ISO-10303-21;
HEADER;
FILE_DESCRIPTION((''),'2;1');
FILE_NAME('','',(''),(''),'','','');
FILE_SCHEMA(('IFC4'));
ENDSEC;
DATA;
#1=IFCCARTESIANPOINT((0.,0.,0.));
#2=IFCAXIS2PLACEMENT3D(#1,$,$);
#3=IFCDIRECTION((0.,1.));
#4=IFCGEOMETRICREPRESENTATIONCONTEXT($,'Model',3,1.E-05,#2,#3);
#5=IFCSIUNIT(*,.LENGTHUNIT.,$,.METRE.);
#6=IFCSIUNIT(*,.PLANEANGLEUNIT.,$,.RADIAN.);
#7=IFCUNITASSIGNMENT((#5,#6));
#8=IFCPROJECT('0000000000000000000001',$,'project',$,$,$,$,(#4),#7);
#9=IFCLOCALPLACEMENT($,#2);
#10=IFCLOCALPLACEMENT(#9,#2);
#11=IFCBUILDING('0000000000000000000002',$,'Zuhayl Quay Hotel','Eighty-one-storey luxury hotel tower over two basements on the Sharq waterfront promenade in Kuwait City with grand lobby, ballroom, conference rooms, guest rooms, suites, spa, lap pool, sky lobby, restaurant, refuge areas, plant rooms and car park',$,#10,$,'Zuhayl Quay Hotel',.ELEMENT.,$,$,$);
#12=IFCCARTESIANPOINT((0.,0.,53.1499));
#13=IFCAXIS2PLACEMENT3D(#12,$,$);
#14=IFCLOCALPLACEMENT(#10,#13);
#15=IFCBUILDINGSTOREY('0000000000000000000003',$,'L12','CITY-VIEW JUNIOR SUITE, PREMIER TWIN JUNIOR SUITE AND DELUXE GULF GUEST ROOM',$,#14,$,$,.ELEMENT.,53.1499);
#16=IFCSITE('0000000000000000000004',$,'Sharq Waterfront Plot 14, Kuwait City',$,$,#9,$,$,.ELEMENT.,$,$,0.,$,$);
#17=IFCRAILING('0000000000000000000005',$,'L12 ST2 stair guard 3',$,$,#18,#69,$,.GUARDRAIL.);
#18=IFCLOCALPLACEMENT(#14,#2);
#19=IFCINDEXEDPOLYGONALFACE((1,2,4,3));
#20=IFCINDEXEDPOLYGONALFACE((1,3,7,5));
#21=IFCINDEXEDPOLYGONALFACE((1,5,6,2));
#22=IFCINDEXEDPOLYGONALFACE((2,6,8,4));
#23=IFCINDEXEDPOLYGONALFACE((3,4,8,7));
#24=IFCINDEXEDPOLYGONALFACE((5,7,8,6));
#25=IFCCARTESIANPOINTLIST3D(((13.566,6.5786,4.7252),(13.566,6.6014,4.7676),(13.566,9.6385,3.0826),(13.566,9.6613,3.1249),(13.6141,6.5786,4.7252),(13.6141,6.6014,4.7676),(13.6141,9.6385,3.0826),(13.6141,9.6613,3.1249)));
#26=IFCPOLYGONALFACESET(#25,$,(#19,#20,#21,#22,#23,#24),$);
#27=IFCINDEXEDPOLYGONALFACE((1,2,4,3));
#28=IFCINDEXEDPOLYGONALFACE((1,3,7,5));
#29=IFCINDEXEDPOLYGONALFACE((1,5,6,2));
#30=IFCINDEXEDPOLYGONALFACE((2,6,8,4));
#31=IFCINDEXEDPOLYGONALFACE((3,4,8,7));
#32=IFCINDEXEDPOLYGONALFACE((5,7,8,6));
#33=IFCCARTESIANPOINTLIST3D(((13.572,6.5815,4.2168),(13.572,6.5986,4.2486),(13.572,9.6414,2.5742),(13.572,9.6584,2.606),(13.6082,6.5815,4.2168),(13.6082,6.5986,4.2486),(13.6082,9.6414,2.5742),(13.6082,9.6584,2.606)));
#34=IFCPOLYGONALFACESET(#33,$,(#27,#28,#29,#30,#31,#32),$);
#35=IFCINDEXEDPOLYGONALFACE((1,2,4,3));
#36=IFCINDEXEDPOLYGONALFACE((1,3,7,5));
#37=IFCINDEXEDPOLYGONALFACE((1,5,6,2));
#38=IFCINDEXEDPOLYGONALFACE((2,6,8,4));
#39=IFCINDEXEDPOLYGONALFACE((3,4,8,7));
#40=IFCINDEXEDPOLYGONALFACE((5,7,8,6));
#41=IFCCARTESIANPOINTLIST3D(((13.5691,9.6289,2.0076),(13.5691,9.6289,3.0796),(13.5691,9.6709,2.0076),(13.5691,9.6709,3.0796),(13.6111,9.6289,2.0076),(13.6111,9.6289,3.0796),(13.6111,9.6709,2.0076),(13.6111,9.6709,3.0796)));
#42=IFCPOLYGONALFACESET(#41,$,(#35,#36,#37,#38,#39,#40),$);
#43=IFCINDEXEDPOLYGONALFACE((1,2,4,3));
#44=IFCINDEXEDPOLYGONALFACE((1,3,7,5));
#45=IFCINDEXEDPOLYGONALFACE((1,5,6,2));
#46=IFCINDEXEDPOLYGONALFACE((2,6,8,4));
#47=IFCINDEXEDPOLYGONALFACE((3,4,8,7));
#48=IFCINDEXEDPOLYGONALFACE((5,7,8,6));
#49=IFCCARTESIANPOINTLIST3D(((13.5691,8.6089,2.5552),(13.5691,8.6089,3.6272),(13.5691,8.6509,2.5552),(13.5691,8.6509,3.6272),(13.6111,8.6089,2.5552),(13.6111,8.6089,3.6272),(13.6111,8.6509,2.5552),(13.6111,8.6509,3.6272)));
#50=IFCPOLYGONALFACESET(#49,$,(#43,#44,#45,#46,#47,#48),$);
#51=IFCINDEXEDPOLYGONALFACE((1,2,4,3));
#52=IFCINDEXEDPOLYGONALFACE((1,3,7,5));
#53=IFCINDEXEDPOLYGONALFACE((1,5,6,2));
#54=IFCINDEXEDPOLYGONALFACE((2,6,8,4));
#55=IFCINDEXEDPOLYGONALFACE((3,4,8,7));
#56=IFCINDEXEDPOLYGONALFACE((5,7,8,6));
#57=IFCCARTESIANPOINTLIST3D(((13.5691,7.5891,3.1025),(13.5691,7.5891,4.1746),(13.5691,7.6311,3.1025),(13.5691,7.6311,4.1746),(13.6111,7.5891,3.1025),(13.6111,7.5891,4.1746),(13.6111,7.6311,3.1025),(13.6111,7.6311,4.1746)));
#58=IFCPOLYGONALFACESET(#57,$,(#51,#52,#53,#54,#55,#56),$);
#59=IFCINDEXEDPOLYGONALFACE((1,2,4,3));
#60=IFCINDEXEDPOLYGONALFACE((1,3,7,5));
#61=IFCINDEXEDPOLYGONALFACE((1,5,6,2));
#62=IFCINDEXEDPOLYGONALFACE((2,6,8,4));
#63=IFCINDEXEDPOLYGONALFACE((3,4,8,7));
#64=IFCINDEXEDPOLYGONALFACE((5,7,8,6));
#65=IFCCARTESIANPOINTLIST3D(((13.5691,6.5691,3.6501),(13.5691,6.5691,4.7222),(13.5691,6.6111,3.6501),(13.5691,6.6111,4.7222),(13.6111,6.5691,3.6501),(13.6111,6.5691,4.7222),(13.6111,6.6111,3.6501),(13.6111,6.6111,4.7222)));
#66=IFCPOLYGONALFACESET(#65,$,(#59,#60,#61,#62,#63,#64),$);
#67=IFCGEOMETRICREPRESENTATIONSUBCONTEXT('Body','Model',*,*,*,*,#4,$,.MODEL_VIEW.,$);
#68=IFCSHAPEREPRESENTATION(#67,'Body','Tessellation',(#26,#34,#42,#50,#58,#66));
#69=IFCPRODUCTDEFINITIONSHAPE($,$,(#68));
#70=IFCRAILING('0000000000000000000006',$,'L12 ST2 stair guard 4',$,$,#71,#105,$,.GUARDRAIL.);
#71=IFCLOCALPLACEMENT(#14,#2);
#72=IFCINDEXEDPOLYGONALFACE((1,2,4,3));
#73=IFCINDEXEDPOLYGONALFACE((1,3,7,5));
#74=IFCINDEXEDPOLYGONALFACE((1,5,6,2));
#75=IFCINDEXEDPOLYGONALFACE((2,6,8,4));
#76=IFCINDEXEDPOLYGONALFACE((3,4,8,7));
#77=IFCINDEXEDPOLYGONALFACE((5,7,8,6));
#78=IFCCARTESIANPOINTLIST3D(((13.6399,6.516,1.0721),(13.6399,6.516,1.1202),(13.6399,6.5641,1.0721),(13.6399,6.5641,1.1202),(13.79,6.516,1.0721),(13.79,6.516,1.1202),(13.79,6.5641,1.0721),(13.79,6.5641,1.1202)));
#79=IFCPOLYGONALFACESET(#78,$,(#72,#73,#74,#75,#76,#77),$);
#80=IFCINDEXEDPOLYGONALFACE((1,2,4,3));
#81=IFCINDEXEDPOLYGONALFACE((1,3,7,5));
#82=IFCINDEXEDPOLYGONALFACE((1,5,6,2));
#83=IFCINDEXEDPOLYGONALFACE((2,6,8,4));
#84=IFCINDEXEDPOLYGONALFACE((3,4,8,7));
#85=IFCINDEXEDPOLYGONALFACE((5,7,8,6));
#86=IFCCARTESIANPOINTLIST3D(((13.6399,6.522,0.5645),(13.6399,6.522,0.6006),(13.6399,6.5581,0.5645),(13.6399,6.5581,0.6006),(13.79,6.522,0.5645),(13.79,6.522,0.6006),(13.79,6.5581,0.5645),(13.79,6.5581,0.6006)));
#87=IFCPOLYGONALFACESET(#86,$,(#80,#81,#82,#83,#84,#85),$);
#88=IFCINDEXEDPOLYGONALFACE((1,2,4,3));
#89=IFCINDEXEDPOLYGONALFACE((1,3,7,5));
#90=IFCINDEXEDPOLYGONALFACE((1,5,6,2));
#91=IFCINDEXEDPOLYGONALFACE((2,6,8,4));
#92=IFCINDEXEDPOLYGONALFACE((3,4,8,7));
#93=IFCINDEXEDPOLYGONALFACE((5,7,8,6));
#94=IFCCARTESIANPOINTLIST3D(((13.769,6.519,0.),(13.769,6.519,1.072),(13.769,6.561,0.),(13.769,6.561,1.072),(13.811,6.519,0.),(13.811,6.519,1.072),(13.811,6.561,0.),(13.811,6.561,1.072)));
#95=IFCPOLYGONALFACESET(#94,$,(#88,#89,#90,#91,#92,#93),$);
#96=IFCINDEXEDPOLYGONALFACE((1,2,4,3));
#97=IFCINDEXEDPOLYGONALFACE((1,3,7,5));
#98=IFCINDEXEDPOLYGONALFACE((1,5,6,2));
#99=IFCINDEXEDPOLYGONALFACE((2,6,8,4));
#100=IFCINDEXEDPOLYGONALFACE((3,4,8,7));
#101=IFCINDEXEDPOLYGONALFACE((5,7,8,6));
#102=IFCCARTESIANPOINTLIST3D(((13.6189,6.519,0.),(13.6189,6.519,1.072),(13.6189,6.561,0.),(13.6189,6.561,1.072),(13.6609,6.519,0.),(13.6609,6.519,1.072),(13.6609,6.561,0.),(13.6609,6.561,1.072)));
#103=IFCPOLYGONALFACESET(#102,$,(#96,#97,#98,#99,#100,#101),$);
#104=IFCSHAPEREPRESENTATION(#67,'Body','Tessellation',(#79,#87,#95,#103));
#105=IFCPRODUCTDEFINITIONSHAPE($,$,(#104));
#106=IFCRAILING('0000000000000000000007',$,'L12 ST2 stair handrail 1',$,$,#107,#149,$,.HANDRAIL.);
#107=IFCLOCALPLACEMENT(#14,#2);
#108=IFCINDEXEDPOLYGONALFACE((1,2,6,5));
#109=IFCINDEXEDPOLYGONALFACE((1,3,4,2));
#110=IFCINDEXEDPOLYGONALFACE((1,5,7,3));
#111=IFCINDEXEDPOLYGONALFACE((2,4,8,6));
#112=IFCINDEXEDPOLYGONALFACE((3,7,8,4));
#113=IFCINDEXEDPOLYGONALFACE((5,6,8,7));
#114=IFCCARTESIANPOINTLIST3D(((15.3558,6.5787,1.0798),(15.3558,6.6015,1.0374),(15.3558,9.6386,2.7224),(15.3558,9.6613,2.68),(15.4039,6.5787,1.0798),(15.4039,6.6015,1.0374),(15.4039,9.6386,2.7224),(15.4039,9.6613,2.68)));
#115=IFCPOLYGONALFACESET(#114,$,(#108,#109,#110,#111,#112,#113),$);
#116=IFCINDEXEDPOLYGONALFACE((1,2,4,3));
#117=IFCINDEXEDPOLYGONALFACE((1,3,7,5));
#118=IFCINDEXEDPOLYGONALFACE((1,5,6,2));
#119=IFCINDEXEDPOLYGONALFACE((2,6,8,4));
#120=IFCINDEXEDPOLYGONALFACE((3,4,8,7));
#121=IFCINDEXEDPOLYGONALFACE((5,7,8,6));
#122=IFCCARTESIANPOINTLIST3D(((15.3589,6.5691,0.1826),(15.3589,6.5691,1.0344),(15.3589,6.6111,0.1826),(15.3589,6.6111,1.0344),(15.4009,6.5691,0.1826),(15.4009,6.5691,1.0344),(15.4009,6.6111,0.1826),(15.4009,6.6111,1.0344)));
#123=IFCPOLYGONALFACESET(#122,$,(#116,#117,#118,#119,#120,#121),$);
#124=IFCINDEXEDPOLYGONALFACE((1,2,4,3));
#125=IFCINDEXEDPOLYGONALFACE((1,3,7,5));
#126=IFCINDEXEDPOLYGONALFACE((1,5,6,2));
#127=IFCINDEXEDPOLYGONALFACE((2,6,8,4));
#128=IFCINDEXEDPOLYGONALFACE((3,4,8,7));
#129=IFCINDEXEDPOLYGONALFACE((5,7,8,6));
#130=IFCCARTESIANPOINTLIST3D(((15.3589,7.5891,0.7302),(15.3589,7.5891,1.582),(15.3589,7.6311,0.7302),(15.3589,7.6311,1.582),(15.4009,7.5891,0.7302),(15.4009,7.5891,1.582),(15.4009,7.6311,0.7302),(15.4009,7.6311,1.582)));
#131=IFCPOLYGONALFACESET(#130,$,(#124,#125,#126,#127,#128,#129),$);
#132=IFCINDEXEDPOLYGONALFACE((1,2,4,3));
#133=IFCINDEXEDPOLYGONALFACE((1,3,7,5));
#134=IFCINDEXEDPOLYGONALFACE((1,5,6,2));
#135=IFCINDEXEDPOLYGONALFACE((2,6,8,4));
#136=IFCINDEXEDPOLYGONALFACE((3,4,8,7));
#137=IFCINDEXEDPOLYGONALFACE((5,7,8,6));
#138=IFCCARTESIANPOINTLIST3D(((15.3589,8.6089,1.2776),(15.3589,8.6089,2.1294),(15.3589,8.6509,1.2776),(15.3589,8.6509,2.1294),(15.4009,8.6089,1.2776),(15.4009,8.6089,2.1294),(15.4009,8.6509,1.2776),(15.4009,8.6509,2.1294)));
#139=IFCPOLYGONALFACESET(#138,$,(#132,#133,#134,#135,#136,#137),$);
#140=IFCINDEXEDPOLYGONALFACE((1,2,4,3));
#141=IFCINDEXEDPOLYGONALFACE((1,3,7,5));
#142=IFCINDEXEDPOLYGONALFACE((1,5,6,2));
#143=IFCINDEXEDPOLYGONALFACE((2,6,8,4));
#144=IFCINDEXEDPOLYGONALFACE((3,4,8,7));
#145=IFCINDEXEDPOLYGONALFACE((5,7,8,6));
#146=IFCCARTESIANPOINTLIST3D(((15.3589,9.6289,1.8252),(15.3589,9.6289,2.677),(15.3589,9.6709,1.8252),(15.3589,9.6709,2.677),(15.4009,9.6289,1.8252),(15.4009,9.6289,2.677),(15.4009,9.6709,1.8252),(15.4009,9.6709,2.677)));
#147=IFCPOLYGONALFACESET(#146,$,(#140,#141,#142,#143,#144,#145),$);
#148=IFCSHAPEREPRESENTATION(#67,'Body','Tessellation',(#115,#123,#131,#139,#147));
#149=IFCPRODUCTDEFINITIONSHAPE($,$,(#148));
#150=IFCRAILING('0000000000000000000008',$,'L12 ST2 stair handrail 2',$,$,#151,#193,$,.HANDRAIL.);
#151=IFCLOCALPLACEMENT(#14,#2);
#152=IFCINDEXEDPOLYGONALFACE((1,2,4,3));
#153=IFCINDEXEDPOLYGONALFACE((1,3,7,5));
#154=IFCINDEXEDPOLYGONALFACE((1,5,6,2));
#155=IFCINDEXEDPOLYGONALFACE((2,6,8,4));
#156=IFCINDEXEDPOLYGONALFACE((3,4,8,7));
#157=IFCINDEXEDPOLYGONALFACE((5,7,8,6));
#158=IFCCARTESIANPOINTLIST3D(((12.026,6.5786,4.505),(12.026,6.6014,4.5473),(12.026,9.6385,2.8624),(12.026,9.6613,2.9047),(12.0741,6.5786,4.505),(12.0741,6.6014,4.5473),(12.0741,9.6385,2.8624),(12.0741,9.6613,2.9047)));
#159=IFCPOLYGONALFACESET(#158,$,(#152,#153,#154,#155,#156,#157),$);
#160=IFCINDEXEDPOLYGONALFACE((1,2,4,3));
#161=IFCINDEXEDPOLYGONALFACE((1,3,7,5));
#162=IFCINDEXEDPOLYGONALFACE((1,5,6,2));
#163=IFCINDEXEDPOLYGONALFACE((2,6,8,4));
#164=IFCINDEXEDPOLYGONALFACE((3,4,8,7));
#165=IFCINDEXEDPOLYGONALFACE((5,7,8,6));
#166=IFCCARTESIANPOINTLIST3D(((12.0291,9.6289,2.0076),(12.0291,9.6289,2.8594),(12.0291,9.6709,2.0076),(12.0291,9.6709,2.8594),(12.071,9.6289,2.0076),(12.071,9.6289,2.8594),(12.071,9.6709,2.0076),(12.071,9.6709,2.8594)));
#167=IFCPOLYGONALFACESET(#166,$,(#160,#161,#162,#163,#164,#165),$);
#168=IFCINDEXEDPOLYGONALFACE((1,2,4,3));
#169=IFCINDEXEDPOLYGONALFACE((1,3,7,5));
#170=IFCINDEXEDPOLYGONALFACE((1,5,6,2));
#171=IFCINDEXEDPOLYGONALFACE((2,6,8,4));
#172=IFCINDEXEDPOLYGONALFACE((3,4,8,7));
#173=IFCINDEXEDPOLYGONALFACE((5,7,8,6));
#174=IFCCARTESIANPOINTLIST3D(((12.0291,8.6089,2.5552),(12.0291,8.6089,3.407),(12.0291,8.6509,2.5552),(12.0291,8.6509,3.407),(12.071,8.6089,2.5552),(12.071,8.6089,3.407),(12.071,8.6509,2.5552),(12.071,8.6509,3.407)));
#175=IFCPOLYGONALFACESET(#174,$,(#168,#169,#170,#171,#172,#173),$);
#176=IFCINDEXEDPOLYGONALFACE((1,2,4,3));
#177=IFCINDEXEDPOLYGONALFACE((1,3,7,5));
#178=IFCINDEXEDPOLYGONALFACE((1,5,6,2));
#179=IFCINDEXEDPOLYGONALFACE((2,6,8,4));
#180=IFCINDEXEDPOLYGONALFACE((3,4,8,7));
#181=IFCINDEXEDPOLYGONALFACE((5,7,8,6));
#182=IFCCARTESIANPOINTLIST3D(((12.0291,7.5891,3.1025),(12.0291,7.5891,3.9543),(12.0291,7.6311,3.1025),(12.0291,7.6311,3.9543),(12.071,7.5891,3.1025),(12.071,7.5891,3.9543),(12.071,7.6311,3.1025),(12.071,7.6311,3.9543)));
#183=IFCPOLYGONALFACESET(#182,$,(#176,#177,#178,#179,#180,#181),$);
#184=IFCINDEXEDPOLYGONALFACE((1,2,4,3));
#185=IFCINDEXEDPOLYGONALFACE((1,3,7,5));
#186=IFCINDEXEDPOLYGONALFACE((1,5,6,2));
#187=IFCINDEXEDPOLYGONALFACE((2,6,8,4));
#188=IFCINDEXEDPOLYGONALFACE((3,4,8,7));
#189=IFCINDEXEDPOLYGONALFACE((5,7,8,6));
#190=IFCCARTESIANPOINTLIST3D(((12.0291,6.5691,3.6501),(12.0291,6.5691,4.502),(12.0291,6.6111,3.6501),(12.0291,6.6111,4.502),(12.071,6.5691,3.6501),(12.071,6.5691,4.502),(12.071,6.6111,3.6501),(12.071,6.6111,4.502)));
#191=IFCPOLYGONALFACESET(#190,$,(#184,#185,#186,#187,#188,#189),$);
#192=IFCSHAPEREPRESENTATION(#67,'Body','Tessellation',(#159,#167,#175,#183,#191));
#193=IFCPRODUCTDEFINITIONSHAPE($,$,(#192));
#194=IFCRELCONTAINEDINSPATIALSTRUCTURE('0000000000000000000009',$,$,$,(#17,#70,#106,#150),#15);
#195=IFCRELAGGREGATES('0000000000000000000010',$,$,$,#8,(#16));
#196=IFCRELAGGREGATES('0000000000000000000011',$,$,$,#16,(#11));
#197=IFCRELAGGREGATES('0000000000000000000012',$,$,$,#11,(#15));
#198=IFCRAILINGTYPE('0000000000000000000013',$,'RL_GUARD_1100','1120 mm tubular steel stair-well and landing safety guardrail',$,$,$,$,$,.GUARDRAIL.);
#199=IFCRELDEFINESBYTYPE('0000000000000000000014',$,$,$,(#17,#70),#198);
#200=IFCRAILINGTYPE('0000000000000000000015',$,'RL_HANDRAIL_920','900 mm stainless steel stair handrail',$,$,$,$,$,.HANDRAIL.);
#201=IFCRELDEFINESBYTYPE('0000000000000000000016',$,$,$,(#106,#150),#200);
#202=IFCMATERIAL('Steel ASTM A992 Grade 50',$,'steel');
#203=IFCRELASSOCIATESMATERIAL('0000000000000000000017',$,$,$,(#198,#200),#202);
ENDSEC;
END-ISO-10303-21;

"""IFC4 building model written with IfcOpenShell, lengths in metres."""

from ifc_helpers import new_model, si_unit, direction, frame, origin, origin_2d, place, context, subcontext, project, spatial, rectangle, extrude, material, type_object, element, save


model = new_model("IFC4")

# Units and contexts
model_context = context("Model", 3, precision=1e-05, world=origin(), true_north=direction((0.0, 1.0)))
body_context = subcontext(model_context, "Body", "Model", "MODEL_VIEW")
ifc_project = project(units=[si_unit("LENGTHUNIT", "METRE"), si_unit("PLANEANGLEUNIT", "RADIAN")], contexts=[model_context])

# Site, building, storey
site_placement = place(None, origin())
site = spatial("IfcSite", under=ifc_project, at=site_placement, Name="Sharq Waterfront Plot 14, Kuwait City", CompositionType="ELEMENT", RefElevation=0.0)
building_placement = place(site_placement, origin())
building = spatial("IfcBuilding", under=site, at=building_placement, Name="Zuhayl Quay Hotel", Description="Eighty-one-storey luxury hotel tower over two basements on the Sharq waterfront promenade in Kuwait City with grand lobby, ballroom, conference rooms, guest rooms, suites, spa, lap pool, sky lobby, restaurant, refuge areas, plant rooms and car park", LongName="Zuhayl Quay Hotel", CompositionType="ELEMENT")
storey_placement = place(building_placement, frame((0.0, 0.0, 53.1499)))
storey = spatial("IfcBuildingStorey", under=building, at=storey_placement, Name="L12", Description="CITY-VIEW JUNIOR SUITE, PREMIER TWIN JUNIOR SUITE AND DELUXE GULF GUEST ROOM", CompositionType="ELEMENT", Elevation=53.1499)

# Shared definitions
ifc_material_1 = material(Name="Steel ASTM A992 Grade 50", Category="steel")

# Railings
railing_type_1 = type_object("IfcRailingType", Name="RL_GUARD_1100", Description="1120 mm tubular steel stair-well and landing safety guardrail", PredefinedType="GUARDRAIL", material=ifc_material_1)
railing_1_placement = place(storey_placement, frame((13.5901, 9.6499, 2.0076)))
element("IfcRailing", 1, at=railing_1_placement, inside=storey, type_object=railing_type_1, Name="L12 ST2 stair guard 3", PredefinedType="GUARDRAIL", context=body_context, shape_type="SweptSolid", body=[
    extrude(rectangle(XDim=0.0481, YDim=0.0481, at=origin_2d()), frame((0.0, 0.0, 1.0962), z_axis=(0.0, -0.881073, 0.47298), x_axis=(1.0, 0.0, 0.0)), (0.0, 0.0, 1.0), 3.4729),
    extrude(rectangle(XDim=0.0361, YDim=0.0361, at=origin_2d()), frame((0.0, 0.0, 0.5825), z_axis=(0.0, -0.881073, 0.47298), x_axis=(1.0, 0.0, 0.0)), (0.0, 0.0, 1.0), 3.4729),
    extrude(rectangle(XDim=0.042, YDim=0.042, at=origin_2d()), origin(), (0.0, 0.0, 1.0), 1.072),
    extrude(rectangle(XDim=0.042, YDim=0.042, at=origin_2d()), frame((0.0, -1.02, 0.5476)), (0.0, 0.0, 1.0), 1.072),
    extrude(rectangle(XDim=0.042, YDim=0.042, at=origin_2d()), frame((0.0, -2.0398, 1.095)), (0.0, 0.0, 1.0), 1.072),
    extrude(rectangle(XDim=0.042, YDim=0.042, at=origin_2d()), frame((0.0, -3.0598, 1.6426)), (0.0, 0.0, 1.0), 1.072),
])
railing_2_placement = place(storey_placement, frame((13.79, 6.54, 0.0)))
element("IfcRailing", 2, at=railing_2_placement, inside=storey, type_object=railing_type_1, Name="L12 ST2 stair guard 4", PredefinedType="GUARDRAIL", context=body_context, shape_type="SweptSolid", body=[
    extrude(rectangle(XDim=0.0481, YDim=0.0481, at=origin_2d()), frame((0.0, 0.0, 1.0962), z_axis=(-1.0, 0.0, 0.0), x_axis=(0.0, -1.0, 0.0)), (0.0, 0.0, 1.0), 0.1501),
    extrude(rectangle(XDim=0.0361, YDim=0.0361, at=origin_2d()), frame((0.0, 0.0, 0.5825), z_axis=(-1.0, 0.0, 0.0), x_axis=(0.0, -1.0, 0.0)), (0.0, 0.0, 1.0), 0.1501),
    extrude(rectangle(XDim=0.042, YDim=0.042, at=origin_2d()), origin(), (0.0, 0.0, 1.0), 1.072),
    extrude(rectangle(XDim=0.042, YDim=0.042, at=origin_2d()), frame((-0.1501, 0.0, 0.0)), (0.0, 0.0, 1.0), 1.072),
])
railing_type_2 = type_object("IfcRailingType", Name="RL_HANDRAIL_920", Description="900 mm stainless steel stair handrail", PredefinedType="HANDRAIL", material=ifc_material_1)
railing_3_placement = place(storey_placement, frame((15.3799, 6.5901, 0.1826)))
element("IfcRailing", 3, at=railing_3_placement, inside=storey, type_object=railing_type_2, Name="L12 ST2 stair handrail 1", PredefinedType="HANDRAIL", context=body_context, shape_type="SweptSolid", body=[
    extrude(rectangle(XDim=0.0481, YDim=0.0481, at=origin_2d()), frame((0.0, 0.0, 0.876), z_axis=(0.0, 0.881073, 0.47298), x_axis=(-1.0, 0.0, 0.0)), (0.0, 0.0, 1.0), 3.4729),
    extrude(rectangle(XDim=0.042, YDim=0.042, at=origin_2d()), origin(), (0.0, 0.0, 1.0), 0.8518),
    extrude(rectangle(XDim=0.042, YDim=0.042, at=origin_2d()), frame((0.0, 1.02, 0.5476)), (0.0, 0.0, 1.0), 0.8518),
    extrude(rectangle(XDim=0.042, YDim=0.042, at=origin_2d()), frame((0.0, 2.0398, 1.095)), (0.0, 0.0, 1.0), 0.8518),
    extrude(rectangle(XDim=0.042, YDim=0.042, at=origin_2d()), frame((0.0, 3.0598, 1.6426)), (0.0, 0.0, 1.0), 0.8518),
])
railing_4_placement = place(storey_placement, frame((12.05, 9.6499, 2.0076)))
element("IfcRailing", 4, at=railing_4_placement, inside=storey, type_object=railing_type_2, Name="L12 ST2 stair handrail 2", PredefinedType="HANDRAIL", context=body_context, shape_type="SweptSolid", body=[
    extrude(rectangle(XDim=0.0481, YDim=0.0481, at=origin_2d()), frame((0.0, 0.0, 0.876), z_axis=(0.0, -0.881073, 0.47298), x_axis=(1.0, 0.0, 0.0)), (0.0, 0.0, 1.0), 3.4729),
    extrude(rectangle(XDim=0.042, YDim=0.042, at=origin_2d()), origin(), (0.0, 0.0, 1.0), 0.8518),
    extrude(rectangle(XDim=0.042, YDim=0.042, at=origin_2d()), frame((0.0, -1.02, 0.5476)), (0.0, 0.0, 1.0), 0.8518),
    extrude(rectangle(XDim=0.042, YDim=0.042, at=origin_2d()), frame((0.0, -2.0398, 1.095)), (0.0, 0.0, 1.0), 0.8518),
    extrude(rectangle(XDim=0.042, YDim=0.042, at=origin_2d()), frame((0.0, -3.0598, 1.6426)), (0.0, 0.0, 1.0), 0.8518),
])

save(model, "model.ifc")
